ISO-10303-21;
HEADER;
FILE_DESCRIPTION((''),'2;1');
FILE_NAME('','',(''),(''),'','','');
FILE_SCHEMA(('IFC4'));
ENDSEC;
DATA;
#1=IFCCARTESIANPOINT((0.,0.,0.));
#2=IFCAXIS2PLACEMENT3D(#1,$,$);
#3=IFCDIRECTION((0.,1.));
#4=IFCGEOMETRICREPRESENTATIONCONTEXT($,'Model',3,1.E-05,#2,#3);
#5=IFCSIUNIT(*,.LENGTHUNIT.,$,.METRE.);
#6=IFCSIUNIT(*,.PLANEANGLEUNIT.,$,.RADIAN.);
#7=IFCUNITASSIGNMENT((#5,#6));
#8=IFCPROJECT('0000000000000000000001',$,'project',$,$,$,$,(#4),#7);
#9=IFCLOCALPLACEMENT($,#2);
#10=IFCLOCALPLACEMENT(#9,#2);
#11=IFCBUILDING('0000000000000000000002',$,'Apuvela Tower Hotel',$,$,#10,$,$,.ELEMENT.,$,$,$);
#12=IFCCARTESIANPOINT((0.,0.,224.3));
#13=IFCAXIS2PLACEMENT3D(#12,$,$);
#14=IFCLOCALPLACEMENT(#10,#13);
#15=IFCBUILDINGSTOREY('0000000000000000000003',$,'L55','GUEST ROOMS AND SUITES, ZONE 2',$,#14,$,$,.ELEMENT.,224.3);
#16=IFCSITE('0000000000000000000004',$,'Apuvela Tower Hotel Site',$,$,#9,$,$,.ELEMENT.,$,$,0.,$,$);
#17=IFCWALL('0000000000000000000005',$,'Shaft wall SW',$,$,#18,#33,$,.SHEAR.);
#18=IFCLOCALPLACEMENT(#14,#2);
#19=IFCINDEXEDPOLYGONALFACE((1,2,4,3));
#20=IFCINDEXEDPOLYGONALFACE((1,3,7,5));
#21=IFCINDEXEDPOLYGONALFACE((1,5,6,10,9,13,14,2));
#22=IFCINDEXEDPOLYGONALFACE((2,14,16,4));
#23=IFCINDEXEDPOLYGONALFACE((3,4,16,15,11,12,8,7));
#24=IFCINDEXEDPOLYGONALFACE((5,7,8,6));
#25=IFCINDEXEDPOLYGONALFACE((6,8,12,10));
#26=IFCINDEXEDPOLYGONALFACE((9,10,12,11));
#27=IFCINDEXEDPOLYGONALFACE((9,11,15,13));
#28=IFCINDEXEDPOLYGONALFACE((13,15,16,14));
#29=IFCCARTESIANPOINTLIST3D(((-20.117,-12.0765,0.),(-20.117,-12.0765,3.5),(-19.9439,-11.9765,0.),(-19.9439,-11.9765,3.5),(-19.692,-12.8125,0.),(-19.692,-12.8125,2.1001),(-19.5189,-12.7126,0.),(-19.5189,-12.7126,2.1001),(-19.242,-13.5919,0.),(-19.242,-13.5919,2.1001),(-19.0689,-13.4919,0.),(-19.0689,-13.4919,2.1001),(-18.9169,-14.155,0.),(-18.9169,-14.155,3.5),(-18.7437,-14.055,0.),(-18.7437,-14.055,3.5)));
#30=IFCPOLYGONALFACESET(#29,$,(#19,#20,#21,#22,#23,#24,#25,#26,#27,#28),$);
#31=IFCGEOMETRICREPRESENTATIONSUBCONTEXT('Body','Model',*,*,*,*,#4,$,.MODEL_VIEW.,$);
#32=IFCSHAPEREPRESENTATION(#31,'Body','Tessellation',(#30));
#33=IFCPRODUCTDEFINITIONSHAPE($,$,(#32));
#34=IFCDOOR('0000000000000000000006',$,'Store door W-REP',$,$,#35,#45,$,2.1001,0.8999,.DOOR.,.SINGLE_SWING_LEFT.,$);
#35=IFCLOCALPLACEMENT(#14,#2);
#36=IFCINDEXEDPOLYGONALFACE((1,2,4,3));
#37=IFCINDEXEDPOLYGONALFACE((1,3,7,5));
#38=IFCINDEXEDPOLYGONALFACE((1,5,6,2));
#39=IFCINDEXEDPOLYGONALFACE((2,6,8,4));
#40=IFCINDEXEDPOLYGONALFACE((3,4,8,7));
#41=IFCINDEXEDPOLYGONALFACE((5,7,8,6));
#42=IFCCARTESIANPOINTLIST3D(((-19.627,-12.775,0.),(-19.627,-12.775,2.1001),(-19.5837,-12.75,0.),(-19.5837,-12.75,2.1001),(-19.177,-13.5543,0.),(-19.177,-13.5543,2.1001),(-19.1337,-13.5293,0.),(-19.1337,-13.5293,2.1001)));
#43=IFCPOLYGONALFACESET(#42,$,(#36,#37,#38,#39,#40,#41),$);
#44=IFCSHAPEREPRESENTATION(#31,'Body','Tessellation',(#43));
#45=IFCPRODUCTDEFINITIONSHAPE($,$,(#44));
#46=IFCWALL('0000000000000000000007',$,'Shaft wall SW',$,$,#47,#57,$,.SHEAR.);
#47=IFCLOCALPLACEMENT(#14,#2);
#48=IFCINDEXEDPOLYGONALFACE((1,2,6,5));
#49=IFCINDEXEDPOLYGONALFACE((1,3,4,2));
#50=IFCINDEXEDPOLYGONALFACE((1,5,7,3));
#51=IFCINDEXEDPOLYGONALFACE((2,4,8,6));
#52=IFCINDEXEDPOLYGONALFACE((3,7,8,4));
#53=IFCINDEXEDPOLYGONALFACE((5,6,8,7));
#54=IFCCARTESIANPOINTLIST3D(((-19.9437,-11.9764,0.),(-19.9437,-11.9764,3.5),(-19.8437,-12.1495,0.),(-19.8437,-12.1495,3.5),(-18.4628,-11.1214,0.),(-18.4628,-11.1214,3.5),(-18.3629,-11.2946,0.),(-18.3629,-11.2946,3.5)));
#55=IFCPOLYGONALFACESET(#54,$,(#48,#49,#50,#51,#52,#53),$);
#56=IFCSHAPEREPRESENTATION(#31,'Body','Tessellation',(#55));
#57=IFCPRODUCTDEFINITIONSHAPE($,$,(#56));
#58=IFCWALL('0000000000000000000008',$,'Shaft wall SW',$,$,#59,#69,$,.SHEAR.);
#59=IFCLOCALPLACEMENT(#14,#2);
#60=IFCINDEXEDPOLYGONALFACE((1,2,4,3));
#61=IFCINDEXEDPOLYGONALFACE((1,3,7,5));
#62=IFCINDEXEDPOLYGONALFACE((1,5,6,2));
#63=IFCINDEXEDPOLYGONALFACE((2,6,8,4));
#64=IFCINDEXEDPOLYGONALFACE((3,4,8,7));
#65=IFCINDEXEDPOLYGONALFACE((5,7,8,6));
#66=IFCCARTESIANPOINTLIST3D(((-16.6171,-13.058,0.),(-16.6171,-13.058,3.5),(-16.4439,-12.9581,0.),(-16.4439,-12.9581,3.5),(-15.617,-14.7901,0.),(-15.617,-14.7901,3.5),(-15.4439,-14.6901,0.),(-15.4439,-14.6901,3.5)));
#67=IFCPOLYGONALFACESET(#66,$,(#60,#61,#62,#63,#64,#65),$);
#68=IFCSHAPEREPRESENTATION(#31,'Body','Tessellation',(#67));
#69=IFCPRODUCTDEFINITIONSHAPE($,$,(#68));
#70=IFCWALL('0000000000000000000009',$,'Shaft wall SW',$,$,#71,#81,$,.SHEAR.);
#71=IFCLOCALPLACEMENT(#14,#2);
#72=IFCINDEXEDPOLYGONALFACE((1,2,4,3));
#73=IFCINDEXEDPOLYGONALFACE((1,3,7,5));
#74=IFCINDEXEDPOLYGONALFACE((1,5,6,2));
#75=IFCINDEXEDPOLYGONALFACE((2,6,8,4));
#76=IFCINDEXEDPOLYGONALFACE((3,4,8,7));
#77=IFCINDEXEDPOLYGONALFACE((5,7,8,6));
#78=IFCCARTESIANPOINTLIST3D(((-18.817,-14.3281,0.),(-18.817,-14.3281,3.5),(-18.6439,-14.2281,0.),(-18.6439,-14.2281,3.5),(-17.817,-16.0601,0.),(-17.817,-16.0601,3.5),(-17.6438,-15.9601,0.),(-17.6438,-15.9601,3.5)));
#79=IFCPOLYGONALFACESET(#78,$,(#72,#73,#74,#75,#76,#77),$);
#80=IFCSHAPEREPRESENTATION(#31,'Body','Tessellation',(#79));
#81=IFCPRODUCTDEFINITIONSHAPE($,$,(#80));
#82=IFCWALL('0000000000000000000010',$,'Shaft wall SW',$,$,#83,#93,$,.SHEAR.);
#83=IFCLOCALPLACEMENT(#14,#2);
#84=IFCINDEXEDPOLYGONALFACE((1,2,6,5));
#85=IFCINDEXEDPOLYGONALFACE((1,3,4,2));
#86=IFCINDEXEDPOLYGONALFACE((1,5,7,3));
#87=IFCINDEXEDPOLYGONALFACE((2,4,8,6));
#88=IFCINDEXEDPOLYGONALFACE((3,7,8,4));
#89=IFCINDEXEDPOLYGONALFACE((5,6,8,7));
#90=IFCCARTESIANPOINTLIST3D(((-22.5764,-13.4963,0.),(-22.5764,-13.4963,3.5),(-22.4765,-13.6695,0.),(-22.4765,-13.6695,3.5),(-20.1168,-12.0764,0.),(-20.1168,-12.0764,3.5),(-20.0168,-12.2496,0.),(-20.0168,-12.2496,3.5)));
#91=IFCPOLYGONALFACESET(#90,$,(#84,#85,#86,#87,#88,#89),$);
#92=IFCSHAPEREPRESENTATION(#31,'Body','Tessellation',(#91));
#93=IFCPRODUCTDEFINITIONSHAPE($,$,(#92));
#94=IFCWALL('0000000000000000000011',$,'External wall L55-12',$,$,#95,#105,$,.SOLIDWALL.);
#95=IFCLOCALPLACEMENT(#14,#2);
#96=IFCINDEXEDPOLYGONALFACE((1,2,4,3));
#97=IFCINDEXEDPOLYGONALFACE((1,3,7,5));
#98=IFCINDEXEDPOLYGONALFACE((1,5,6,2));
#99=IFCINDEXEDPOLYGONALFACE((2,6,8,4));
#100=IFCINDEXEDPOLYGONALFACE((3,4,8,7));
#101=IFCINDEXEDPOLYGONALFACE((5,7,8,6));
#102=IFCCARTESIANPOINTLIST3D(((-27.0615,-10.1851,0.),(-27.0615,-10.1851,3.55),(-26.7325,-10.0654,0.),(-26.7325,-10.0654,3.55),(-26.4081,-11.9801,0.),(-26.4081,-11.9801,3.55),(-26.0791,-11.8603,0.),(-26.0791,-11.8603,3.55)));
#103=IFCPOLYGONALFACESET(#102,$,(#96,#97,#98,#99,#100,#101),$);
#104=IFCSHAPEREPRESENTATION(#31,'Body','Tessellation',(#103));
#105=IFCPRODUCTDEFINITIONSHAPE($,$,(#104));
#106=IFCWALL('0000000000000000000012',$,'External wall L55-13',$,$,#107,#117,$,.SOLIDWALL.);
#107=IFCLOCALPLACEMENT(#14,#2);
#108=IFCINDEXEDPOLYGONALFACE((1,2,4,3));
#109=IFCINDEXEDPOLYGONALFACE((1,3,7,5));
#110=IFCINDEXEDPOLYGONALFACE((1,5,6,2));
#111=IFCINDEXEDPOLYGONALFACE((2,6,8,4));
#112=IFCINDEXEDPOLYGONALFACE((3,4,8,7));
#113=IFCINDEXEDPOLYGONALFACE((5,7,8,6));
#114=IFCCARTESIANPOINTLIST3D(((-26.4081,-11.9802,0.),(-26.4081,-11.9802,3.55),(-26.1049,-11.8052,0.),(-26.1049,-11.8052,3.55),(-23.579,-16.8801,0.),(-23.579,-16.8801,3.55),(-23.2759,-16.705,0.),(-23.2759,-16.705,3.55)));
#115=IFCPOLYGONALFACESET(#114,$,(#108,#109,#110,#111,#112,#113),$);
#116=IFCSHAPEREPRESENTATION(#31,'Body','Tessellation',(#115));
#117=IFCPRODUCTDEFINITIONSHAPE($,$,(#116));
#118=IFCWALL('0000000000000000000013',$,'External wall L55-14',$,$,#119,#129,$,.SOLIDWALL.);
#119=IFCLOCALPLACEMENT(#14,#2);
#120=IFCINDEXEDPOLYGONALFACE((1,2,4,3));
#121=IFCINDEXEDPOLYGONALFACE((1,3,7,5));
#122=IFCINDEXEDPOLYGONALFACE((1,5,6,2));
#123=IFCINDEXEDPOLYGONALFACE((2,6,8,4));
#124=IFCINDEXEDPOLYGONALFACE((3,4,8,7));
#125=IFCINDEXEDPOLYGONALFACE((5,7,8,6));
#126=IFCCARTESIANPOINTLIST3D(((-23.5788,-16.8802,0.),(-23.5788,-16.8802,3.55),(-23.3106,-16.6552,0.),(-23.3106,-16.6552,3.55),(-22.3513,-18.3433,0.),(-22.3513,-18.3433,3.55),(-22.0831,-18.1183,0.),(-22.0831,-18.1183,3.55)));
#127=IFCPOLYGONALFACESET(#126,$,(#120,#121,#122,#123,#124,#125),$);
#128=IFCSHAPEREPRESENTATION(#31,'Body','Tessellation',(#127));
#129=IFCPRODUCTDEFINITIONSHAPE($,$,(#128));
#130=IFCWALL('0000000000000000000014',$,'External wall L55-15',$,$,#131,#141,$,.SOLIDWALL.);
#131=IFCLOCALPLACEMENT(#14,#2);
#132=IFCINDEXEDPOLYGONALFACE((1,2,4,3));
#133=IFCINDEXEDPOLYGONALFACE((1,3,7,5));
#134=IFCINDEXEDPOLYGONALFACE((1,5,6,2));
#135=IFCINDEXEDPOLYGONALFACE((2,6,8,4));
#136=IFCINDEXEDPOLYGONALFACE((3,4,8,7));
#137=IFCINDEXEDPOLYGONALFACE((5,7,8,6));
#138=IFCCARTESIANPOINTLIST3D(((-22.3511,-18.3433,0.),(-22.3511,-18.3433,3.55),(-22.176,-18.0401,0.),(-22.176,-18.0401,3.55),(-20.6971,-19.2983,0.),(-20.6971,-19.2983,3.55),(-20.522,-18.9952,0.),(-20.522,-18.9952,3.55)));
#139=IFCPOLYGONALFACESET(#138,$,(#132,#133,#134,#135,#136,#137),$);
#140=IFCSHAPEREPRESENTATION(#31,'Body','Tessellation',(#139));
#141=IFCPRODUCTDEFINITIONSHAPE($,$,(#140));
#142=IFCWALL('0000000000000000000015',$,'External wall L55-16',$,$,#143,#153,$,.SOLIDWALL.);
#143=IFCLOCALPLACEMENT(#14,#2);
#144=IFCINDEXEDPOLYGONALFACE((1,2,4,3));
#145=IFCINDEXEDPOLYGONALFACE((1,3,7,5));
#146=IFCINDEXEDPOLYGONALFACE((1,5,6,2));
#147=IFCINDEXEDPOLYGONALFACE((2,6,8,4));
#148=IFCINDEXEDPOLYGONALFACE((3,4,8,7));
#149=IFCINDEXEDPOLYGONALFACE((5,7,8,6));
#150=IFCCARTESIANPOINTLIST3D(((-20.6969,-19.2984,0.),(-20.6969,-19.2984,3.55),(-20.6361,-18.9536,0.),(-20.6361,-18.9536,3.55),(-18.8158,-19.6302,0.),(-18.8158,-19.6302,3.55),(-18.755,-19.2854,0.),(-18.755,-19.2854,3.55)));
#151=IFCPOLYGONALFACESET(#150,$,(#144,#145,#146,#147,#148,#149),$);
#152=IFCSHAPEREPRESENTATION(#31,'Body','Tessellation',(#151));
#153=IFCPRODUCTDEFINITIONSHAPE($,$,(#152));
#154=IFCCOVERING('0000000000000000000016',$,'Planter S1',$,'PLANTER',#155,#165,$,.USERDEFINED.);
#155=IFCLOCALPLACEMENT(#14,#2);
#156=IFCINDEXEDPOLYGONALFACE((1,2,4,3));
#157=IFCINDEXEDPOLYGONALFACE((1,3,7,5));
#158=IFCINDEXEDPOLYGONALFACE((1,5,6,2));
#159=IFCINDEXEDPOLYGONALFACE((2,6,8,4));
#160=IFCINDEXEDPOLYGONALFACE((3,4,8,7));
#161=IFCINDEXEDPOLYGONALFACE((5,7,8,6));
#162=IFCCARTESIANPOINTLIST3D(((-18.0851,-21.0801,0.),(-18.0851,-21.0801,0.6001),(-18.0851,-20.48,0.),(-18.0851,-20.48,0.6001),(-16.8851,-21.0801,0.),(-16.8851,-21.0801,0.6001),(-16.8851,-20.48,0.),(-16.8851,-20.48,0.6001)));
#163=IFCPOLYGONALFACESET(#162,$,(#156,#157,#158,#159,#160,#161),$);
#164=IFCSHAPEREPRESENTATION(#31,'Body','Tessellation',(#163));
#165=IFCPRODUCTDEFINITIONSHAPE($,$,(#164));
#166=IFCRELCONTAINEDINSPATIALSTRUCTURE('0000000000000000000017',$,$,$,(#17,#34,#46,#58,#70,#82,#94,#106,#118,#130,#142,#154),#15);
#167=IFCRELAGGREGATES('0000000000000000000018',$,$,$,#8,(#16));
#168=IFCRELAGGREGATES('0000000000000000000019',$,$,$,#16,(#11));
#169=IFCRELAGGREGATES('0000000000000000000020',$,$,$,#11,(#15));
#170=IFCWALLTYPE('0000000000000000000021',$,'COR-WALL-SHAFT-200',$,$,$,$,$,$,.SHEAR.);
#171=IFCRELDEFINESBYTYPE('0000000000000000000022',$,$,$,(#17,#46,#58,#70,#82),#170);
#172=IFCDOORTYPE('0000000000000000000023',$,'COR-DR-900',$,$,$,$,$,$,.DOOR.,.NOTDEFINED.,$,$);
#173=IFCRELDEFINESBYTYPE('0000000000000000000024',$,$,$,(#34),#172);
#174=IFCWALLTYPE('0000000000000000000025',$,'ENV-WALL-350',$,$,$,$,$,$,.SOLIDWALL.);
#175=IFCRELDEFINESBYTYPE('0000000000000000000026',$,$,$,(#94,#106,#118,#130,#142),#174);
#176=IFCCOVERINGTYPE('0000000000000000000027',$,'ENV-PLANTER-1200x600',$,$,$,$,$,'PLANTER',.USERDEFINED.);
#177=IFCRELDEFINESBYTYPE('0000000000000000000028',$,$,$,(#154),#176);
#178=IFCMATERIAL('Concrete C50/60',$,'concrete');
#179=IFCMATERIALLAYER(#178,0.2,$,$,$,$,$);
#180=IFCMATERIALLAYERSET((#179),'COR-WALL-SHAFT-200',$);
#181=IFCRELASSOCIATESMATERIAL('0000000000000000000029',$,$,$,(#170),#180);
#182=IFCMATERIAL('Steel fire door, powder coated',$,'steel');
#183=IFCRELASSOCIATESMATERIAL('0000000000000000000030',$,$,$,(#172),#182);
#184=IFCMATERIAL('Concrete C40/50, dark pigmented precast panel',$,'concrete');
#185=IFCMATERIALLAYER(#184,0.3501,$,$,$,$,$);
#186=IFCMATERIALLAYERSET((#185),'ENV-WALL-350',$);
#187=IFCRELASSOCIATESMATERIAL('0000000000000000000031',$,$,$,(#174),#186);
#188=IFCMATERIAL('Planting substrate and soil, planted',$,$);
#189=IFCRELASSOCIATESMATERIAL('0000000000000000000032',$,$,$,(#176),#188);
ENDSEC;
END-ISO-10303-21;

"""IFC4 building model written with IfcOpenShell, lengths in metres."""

from ifc_helpers import new_model, si_unit, direction, frame, frame_2d, origin, origin_2d, place, context, subcontext, project, spatial, rectangle, extrude, material, layer, layer_set, type_object, element, fill, save


model = new_model("IFC4")

# Units and contexts
model_context = context("Model", 3, precision=1e-05, world=origin(), true_north=direction((0.0, 1.0)))
body_context = subcontext(model_context, "Body", "Model", "MODEL_VIEW")
ifc_project = project(units=[si_unit("LENGTHUNIT", "METRE"), si_unit("PLANEANGLEUNIT", "RADIAN")], contexts=[model_context])

# Site, building, storey
site_placement = place(None, origin())
site = spatial("IfcSite", under=ifc_project, at=site_placement, Name="Apuvela Tower Hotel Site", CompositionType="ELEMENT", RefElevation=0.0)
building_placement = place(site_placement, origin())
building = spatial("IfcBuilding", under=site, at=building_placement, Name="Apuvela Tower Hotel", CompositionType="ELEMENT")
storey_placement = place(building_placement, frame((0.0, 0.0, 224.3)))
storey = spatial("IfcBuildingStorey", under=building, at=storey_placement, Name="L55", Description="GUEST ROOMS AND SUITES, ZONE 2", CompositionType="ELEMENT", Elevation=224.3)

# Wall, opening, door
ifc_material_1 = material(Name="Concrete C50/60", Category="concrete")
ifc_layer_1 = layer(ifc_material_1, 0.2)
ifc_layer_set_1 = layer_set([ifc_layer_1], Name="COR-WALL-SHAFT-200")
wall_type_1 = type_object("IfcWallType", Name="COR-WALL-SHAFT-200", PredefinedType="SHEAR", material=ifc_layer_set_1)
wall_1_placement = place(storey_placement, frame((-20.0305, -12.0264, 0.0), z_axis=(0.0, 0.0, 1.0), x_axis=(0.500034, -0.866006, 0.0)))
wall_1 = element("IfcWall", 1, at=wall_1_placement, inside=storey, type_object=wall_type_1, Name="Shaft wall SW", PredefinedType="SHEAR", context=body_context, shape_type="SweptSolid", body=[
    extrude(rectangle(XDim=2.4001, YDim=0.2, at=frame_2d((1.2002, 0.0))), origin(), (0.0, 0.0, 1.0), 3.5),
])
opening_1_placement = place(wall_1_placement, frame((0.8501, 0.0, 0.0)))
opening_1 = element("IfcOpeningElement", 2, at=opening_1_placement, cuts=wall_1, PredefinedType="OPENING", context=body_context, shape_type="SweptSolid", body=[
    extrude(rectangle(XDim=0.8999, YDim=2.1001, at=frame_2d((0.45, 1.05))), frame((0.0, 0.1099, 0.0), z_axis=(0.0, -1.0, 0.0), x_axis=(1.0, 0.0, 0.0)), (0.0, 0.0, 1.0), 0.22),
])
ifc_material_2 = material(Name="Steel fire door, powder coated", Category="steel")
door_type_1 = type_object("IfcDoorType", Name="COR-DR-900", OperationType="NOTDEFINED", PredefinedType="DOOR", material=ifc_material_2)
door_1_placement = place(opening_1_placement, frame((0.8999, 0.0, 0.0), z_axis=(0.0, 0.0, 1.0), x_axis=(-1.0, 0.0, 0.0)))
door_1 = element("IfcDoor", 3, at=door_1_placement, inside=storey, type_object=door_type_1, Name="Store door W-REP", OperationType="SINGLE_SWING_LEFT", OverallHeight=2.1001, OverallWidth=0.8999, PredefinedType="DOOR", context=body_context, shape_type="SweptSolid", body=[
    extrude(rectangle(XDim=0.8999, YDim=2.1001, at=frame_2d((0.45, 1.05))), frame((0.0, 0.0249, 0.0), z_axis=(0.0, -1.0, 0.0), x_axis=(1.0, 0.0, 0.0)), (0.0, 0.0, 1.0), 0.05),
])
fill(opening_1, door_1)

# Walls
wall_2_placement = place(storey_placement, frame((-18.4128, -11.208, 0.0), z_axis=(0.0, 0.0, 1.0), x_axis=(-0.866038, -0.499978, 0.0)))
element("IfcWall", 4, at=wall_2_placement, inside=storey, type_object=wall_type_1, Name="Shaft wall SW", PredefinedType="SHEAR", context=body_context, shape_type="SweptSolid", body=[
    extrude(rectangle(XDim=1.71, YDim=0.2, at=frame_2d((0.855, 0.0))), origin(), (0.0, 0.0, 1.0), 3.5),
])
for number, where, z_axis, x_axis, name in (
    (5, (-16.5305, -13.0081, 0.0), (0.0, 0.0, 1.0), (0.500025, -0.866011, 0.0), "Shaft wall SW"),
    (6, (-18.7305, -14.2781, 0.0), (0.0, 0.0, 1.0), (0.500025, -0.866011, 0.0), "Shaft wall SW"),
):
    element("IfcWall", number, at=place(storey_placement, frame(where, z_axis=z_axis, x_axis=x_axis)), inside=storey, type_object=wall_type_1, Name=name, PredefinedType="SHEAR", context=body_context, shape_type="SweptSolid", body=[
        extrude(rectangle(XDim=2.0, YDim=0.2, at=frame_2d((1.0, 0.0))), origin(), (0.0, 0.0, 1.0), 3.5),
    ])
wall_3_placement = place(storey_placement, frame((-20.0669, -12.1631, 0.0), z_axis=(0.0, 0.0, 1.0), x_axis=(-0.866055, -0.499948, 0.0)))
element("IfcWall", 7, at=wall_3_placement, inside=storey, type_object=wall_type_1, Name="Shaft wall SW", PredefinedType="SHEAR", context=body_context, shape_type="SweptSolid", body=[
    extrude(rectangle(XDim=2.8401, YDim=0.2, at=frame_2d((1.4199, 0.0))), origin(), (0.0, 0.0, 1.0), 3.5),
])
ifc_material_3 = material(Name="Concrete C40/50, dark pigmented precast panel", Category="concrete")
ifc_layer_2 = layer(ifc_material_3, 0.3501)
ifc_layer_set_2 = layer_set([ifc_layer_2], Name="ENV-WALL-350")
wall_type_2 = type_object("IfcWallType", Name="ENV-WALL-350", PredefinedType="SOLIDWALL", material=ifc_layer_set_2)
wall_4_placement = place(storey_placement, frame((-26.897, -10.1252, 0.0), z_axis=(0.0, 0.0, 1.0), x_axis=(0.34203, -0.939689, 0.0)))
element("IfcWall", 8, at=wall_4_placement, inside=storey, type_object=wall_type_2, Name="External wall L55-12", PredefinedType="SOLIDWALL", context=body_context, shape_type="SweptSolid", body=[
    extrude(rectangle(XDim=1.9102, YDim=0.3501, at=frame_2d((0.9551, 0.0))), origin(), (0.0, 0.0, 1.0), 3.55),
])
wall_5_placement = place(storey_placement, frame((-26.2566, -11.8926, 0.0), z_axis=(0.0, 0.0, 1.0), x_axis=(0.500019, -0.866015, 0.0)))
element("IfcWall", 9, at=wall_5_placement, inside=storey, type_object=wall_type_2, Name="External wall L55-13", PredefinedType="SOLIDWALL", context=body_context, shape_type="SweptSolid", body=[
    extrude(rectangle(XDim=5.658, YDim=0.3501, at=frame_2d((2.8291, 0.0))), origin(), (0.0, 0.0, 1.0), 3.55),
])
for number, where, z_axis, x_axis, name in (
    (10, (-23.4448, -16.7676, 0.0), (0.0, 0.0, 1.0), (0.642733, -0.76609, 0.0), "External wall L55-14"),
    (11, (-22.2637, -18.1917, 0.0), (0.0, 0.0, 1.0), (0.866, -0.500043, 0.0), "External wall L55-15"),
):
    element("IfcWall", number, at=place(storey_placement, frame(where, z_axis=z_axis, x_axis=x_axis)), inside=storey, type_object=wall_type_2, Name=name, PredefinedType="SOLIDWALL", context=body_context, shape_type="SweptSolid", body=[
        extrude(rectangle(XDim=1.9099, YDim=0.3501, at=frame_2d((0.9551, 0.0))), origin(), (0.0, 0.0, 1.0), 3.55),
    ])
wall_6_placement = place(storey_placement, frame((-20.6665, -19.126, 0.0), z_axis=(0.0, 0.0, 1.0), x_axis=(0.984799, -0.173698, 0.0)))
element("IfcWall", 12, at=wall_6_placement, inside=storey, type_object=wall_type_2, Name="External wall L55-16", PredefinedType="SOLIDWALL", context=body_context, shape_type="SweptSolid", body=[
    extrude(rectangle(XDim=1.9102, YDim=0.3501, at=frame_2d((0.9551, 0.0))), origin(), (0.0, 0.0, 1.0), 3.55),
])

# Covering
ifc_material_4 = material(Name="Planting substrate and soil, planted")
covering_type = type_object("IfcCoveringType", Name="ENV-PLANTER-1200x600", ElementType="PLANTER", PredefinedType="USERDEFINED", material=ifc_material_4)
covering_placement = place(storey_placement, frame((-17.4851, -20.78, 0.0), z_axis=(0.0, 0.0, 1.0), x_axis=(1.0, 0.0, 0.0)))
element("IfcCovering", 13, at=covering_placement, inside=storey, type_object=covering_type, Name="Planter S1", ObjectType="PLANTER", PredefinedType="USERDEFINED", context=body_context, shape_type="SweptSolid", body=[
    extrude(rectangle(XDim=1.2, YDim=0.6001, at=origin_2d()), origin(), (0.0, 0.0, 1.0), 0.6001),
])

save(model, "model.ifc")
